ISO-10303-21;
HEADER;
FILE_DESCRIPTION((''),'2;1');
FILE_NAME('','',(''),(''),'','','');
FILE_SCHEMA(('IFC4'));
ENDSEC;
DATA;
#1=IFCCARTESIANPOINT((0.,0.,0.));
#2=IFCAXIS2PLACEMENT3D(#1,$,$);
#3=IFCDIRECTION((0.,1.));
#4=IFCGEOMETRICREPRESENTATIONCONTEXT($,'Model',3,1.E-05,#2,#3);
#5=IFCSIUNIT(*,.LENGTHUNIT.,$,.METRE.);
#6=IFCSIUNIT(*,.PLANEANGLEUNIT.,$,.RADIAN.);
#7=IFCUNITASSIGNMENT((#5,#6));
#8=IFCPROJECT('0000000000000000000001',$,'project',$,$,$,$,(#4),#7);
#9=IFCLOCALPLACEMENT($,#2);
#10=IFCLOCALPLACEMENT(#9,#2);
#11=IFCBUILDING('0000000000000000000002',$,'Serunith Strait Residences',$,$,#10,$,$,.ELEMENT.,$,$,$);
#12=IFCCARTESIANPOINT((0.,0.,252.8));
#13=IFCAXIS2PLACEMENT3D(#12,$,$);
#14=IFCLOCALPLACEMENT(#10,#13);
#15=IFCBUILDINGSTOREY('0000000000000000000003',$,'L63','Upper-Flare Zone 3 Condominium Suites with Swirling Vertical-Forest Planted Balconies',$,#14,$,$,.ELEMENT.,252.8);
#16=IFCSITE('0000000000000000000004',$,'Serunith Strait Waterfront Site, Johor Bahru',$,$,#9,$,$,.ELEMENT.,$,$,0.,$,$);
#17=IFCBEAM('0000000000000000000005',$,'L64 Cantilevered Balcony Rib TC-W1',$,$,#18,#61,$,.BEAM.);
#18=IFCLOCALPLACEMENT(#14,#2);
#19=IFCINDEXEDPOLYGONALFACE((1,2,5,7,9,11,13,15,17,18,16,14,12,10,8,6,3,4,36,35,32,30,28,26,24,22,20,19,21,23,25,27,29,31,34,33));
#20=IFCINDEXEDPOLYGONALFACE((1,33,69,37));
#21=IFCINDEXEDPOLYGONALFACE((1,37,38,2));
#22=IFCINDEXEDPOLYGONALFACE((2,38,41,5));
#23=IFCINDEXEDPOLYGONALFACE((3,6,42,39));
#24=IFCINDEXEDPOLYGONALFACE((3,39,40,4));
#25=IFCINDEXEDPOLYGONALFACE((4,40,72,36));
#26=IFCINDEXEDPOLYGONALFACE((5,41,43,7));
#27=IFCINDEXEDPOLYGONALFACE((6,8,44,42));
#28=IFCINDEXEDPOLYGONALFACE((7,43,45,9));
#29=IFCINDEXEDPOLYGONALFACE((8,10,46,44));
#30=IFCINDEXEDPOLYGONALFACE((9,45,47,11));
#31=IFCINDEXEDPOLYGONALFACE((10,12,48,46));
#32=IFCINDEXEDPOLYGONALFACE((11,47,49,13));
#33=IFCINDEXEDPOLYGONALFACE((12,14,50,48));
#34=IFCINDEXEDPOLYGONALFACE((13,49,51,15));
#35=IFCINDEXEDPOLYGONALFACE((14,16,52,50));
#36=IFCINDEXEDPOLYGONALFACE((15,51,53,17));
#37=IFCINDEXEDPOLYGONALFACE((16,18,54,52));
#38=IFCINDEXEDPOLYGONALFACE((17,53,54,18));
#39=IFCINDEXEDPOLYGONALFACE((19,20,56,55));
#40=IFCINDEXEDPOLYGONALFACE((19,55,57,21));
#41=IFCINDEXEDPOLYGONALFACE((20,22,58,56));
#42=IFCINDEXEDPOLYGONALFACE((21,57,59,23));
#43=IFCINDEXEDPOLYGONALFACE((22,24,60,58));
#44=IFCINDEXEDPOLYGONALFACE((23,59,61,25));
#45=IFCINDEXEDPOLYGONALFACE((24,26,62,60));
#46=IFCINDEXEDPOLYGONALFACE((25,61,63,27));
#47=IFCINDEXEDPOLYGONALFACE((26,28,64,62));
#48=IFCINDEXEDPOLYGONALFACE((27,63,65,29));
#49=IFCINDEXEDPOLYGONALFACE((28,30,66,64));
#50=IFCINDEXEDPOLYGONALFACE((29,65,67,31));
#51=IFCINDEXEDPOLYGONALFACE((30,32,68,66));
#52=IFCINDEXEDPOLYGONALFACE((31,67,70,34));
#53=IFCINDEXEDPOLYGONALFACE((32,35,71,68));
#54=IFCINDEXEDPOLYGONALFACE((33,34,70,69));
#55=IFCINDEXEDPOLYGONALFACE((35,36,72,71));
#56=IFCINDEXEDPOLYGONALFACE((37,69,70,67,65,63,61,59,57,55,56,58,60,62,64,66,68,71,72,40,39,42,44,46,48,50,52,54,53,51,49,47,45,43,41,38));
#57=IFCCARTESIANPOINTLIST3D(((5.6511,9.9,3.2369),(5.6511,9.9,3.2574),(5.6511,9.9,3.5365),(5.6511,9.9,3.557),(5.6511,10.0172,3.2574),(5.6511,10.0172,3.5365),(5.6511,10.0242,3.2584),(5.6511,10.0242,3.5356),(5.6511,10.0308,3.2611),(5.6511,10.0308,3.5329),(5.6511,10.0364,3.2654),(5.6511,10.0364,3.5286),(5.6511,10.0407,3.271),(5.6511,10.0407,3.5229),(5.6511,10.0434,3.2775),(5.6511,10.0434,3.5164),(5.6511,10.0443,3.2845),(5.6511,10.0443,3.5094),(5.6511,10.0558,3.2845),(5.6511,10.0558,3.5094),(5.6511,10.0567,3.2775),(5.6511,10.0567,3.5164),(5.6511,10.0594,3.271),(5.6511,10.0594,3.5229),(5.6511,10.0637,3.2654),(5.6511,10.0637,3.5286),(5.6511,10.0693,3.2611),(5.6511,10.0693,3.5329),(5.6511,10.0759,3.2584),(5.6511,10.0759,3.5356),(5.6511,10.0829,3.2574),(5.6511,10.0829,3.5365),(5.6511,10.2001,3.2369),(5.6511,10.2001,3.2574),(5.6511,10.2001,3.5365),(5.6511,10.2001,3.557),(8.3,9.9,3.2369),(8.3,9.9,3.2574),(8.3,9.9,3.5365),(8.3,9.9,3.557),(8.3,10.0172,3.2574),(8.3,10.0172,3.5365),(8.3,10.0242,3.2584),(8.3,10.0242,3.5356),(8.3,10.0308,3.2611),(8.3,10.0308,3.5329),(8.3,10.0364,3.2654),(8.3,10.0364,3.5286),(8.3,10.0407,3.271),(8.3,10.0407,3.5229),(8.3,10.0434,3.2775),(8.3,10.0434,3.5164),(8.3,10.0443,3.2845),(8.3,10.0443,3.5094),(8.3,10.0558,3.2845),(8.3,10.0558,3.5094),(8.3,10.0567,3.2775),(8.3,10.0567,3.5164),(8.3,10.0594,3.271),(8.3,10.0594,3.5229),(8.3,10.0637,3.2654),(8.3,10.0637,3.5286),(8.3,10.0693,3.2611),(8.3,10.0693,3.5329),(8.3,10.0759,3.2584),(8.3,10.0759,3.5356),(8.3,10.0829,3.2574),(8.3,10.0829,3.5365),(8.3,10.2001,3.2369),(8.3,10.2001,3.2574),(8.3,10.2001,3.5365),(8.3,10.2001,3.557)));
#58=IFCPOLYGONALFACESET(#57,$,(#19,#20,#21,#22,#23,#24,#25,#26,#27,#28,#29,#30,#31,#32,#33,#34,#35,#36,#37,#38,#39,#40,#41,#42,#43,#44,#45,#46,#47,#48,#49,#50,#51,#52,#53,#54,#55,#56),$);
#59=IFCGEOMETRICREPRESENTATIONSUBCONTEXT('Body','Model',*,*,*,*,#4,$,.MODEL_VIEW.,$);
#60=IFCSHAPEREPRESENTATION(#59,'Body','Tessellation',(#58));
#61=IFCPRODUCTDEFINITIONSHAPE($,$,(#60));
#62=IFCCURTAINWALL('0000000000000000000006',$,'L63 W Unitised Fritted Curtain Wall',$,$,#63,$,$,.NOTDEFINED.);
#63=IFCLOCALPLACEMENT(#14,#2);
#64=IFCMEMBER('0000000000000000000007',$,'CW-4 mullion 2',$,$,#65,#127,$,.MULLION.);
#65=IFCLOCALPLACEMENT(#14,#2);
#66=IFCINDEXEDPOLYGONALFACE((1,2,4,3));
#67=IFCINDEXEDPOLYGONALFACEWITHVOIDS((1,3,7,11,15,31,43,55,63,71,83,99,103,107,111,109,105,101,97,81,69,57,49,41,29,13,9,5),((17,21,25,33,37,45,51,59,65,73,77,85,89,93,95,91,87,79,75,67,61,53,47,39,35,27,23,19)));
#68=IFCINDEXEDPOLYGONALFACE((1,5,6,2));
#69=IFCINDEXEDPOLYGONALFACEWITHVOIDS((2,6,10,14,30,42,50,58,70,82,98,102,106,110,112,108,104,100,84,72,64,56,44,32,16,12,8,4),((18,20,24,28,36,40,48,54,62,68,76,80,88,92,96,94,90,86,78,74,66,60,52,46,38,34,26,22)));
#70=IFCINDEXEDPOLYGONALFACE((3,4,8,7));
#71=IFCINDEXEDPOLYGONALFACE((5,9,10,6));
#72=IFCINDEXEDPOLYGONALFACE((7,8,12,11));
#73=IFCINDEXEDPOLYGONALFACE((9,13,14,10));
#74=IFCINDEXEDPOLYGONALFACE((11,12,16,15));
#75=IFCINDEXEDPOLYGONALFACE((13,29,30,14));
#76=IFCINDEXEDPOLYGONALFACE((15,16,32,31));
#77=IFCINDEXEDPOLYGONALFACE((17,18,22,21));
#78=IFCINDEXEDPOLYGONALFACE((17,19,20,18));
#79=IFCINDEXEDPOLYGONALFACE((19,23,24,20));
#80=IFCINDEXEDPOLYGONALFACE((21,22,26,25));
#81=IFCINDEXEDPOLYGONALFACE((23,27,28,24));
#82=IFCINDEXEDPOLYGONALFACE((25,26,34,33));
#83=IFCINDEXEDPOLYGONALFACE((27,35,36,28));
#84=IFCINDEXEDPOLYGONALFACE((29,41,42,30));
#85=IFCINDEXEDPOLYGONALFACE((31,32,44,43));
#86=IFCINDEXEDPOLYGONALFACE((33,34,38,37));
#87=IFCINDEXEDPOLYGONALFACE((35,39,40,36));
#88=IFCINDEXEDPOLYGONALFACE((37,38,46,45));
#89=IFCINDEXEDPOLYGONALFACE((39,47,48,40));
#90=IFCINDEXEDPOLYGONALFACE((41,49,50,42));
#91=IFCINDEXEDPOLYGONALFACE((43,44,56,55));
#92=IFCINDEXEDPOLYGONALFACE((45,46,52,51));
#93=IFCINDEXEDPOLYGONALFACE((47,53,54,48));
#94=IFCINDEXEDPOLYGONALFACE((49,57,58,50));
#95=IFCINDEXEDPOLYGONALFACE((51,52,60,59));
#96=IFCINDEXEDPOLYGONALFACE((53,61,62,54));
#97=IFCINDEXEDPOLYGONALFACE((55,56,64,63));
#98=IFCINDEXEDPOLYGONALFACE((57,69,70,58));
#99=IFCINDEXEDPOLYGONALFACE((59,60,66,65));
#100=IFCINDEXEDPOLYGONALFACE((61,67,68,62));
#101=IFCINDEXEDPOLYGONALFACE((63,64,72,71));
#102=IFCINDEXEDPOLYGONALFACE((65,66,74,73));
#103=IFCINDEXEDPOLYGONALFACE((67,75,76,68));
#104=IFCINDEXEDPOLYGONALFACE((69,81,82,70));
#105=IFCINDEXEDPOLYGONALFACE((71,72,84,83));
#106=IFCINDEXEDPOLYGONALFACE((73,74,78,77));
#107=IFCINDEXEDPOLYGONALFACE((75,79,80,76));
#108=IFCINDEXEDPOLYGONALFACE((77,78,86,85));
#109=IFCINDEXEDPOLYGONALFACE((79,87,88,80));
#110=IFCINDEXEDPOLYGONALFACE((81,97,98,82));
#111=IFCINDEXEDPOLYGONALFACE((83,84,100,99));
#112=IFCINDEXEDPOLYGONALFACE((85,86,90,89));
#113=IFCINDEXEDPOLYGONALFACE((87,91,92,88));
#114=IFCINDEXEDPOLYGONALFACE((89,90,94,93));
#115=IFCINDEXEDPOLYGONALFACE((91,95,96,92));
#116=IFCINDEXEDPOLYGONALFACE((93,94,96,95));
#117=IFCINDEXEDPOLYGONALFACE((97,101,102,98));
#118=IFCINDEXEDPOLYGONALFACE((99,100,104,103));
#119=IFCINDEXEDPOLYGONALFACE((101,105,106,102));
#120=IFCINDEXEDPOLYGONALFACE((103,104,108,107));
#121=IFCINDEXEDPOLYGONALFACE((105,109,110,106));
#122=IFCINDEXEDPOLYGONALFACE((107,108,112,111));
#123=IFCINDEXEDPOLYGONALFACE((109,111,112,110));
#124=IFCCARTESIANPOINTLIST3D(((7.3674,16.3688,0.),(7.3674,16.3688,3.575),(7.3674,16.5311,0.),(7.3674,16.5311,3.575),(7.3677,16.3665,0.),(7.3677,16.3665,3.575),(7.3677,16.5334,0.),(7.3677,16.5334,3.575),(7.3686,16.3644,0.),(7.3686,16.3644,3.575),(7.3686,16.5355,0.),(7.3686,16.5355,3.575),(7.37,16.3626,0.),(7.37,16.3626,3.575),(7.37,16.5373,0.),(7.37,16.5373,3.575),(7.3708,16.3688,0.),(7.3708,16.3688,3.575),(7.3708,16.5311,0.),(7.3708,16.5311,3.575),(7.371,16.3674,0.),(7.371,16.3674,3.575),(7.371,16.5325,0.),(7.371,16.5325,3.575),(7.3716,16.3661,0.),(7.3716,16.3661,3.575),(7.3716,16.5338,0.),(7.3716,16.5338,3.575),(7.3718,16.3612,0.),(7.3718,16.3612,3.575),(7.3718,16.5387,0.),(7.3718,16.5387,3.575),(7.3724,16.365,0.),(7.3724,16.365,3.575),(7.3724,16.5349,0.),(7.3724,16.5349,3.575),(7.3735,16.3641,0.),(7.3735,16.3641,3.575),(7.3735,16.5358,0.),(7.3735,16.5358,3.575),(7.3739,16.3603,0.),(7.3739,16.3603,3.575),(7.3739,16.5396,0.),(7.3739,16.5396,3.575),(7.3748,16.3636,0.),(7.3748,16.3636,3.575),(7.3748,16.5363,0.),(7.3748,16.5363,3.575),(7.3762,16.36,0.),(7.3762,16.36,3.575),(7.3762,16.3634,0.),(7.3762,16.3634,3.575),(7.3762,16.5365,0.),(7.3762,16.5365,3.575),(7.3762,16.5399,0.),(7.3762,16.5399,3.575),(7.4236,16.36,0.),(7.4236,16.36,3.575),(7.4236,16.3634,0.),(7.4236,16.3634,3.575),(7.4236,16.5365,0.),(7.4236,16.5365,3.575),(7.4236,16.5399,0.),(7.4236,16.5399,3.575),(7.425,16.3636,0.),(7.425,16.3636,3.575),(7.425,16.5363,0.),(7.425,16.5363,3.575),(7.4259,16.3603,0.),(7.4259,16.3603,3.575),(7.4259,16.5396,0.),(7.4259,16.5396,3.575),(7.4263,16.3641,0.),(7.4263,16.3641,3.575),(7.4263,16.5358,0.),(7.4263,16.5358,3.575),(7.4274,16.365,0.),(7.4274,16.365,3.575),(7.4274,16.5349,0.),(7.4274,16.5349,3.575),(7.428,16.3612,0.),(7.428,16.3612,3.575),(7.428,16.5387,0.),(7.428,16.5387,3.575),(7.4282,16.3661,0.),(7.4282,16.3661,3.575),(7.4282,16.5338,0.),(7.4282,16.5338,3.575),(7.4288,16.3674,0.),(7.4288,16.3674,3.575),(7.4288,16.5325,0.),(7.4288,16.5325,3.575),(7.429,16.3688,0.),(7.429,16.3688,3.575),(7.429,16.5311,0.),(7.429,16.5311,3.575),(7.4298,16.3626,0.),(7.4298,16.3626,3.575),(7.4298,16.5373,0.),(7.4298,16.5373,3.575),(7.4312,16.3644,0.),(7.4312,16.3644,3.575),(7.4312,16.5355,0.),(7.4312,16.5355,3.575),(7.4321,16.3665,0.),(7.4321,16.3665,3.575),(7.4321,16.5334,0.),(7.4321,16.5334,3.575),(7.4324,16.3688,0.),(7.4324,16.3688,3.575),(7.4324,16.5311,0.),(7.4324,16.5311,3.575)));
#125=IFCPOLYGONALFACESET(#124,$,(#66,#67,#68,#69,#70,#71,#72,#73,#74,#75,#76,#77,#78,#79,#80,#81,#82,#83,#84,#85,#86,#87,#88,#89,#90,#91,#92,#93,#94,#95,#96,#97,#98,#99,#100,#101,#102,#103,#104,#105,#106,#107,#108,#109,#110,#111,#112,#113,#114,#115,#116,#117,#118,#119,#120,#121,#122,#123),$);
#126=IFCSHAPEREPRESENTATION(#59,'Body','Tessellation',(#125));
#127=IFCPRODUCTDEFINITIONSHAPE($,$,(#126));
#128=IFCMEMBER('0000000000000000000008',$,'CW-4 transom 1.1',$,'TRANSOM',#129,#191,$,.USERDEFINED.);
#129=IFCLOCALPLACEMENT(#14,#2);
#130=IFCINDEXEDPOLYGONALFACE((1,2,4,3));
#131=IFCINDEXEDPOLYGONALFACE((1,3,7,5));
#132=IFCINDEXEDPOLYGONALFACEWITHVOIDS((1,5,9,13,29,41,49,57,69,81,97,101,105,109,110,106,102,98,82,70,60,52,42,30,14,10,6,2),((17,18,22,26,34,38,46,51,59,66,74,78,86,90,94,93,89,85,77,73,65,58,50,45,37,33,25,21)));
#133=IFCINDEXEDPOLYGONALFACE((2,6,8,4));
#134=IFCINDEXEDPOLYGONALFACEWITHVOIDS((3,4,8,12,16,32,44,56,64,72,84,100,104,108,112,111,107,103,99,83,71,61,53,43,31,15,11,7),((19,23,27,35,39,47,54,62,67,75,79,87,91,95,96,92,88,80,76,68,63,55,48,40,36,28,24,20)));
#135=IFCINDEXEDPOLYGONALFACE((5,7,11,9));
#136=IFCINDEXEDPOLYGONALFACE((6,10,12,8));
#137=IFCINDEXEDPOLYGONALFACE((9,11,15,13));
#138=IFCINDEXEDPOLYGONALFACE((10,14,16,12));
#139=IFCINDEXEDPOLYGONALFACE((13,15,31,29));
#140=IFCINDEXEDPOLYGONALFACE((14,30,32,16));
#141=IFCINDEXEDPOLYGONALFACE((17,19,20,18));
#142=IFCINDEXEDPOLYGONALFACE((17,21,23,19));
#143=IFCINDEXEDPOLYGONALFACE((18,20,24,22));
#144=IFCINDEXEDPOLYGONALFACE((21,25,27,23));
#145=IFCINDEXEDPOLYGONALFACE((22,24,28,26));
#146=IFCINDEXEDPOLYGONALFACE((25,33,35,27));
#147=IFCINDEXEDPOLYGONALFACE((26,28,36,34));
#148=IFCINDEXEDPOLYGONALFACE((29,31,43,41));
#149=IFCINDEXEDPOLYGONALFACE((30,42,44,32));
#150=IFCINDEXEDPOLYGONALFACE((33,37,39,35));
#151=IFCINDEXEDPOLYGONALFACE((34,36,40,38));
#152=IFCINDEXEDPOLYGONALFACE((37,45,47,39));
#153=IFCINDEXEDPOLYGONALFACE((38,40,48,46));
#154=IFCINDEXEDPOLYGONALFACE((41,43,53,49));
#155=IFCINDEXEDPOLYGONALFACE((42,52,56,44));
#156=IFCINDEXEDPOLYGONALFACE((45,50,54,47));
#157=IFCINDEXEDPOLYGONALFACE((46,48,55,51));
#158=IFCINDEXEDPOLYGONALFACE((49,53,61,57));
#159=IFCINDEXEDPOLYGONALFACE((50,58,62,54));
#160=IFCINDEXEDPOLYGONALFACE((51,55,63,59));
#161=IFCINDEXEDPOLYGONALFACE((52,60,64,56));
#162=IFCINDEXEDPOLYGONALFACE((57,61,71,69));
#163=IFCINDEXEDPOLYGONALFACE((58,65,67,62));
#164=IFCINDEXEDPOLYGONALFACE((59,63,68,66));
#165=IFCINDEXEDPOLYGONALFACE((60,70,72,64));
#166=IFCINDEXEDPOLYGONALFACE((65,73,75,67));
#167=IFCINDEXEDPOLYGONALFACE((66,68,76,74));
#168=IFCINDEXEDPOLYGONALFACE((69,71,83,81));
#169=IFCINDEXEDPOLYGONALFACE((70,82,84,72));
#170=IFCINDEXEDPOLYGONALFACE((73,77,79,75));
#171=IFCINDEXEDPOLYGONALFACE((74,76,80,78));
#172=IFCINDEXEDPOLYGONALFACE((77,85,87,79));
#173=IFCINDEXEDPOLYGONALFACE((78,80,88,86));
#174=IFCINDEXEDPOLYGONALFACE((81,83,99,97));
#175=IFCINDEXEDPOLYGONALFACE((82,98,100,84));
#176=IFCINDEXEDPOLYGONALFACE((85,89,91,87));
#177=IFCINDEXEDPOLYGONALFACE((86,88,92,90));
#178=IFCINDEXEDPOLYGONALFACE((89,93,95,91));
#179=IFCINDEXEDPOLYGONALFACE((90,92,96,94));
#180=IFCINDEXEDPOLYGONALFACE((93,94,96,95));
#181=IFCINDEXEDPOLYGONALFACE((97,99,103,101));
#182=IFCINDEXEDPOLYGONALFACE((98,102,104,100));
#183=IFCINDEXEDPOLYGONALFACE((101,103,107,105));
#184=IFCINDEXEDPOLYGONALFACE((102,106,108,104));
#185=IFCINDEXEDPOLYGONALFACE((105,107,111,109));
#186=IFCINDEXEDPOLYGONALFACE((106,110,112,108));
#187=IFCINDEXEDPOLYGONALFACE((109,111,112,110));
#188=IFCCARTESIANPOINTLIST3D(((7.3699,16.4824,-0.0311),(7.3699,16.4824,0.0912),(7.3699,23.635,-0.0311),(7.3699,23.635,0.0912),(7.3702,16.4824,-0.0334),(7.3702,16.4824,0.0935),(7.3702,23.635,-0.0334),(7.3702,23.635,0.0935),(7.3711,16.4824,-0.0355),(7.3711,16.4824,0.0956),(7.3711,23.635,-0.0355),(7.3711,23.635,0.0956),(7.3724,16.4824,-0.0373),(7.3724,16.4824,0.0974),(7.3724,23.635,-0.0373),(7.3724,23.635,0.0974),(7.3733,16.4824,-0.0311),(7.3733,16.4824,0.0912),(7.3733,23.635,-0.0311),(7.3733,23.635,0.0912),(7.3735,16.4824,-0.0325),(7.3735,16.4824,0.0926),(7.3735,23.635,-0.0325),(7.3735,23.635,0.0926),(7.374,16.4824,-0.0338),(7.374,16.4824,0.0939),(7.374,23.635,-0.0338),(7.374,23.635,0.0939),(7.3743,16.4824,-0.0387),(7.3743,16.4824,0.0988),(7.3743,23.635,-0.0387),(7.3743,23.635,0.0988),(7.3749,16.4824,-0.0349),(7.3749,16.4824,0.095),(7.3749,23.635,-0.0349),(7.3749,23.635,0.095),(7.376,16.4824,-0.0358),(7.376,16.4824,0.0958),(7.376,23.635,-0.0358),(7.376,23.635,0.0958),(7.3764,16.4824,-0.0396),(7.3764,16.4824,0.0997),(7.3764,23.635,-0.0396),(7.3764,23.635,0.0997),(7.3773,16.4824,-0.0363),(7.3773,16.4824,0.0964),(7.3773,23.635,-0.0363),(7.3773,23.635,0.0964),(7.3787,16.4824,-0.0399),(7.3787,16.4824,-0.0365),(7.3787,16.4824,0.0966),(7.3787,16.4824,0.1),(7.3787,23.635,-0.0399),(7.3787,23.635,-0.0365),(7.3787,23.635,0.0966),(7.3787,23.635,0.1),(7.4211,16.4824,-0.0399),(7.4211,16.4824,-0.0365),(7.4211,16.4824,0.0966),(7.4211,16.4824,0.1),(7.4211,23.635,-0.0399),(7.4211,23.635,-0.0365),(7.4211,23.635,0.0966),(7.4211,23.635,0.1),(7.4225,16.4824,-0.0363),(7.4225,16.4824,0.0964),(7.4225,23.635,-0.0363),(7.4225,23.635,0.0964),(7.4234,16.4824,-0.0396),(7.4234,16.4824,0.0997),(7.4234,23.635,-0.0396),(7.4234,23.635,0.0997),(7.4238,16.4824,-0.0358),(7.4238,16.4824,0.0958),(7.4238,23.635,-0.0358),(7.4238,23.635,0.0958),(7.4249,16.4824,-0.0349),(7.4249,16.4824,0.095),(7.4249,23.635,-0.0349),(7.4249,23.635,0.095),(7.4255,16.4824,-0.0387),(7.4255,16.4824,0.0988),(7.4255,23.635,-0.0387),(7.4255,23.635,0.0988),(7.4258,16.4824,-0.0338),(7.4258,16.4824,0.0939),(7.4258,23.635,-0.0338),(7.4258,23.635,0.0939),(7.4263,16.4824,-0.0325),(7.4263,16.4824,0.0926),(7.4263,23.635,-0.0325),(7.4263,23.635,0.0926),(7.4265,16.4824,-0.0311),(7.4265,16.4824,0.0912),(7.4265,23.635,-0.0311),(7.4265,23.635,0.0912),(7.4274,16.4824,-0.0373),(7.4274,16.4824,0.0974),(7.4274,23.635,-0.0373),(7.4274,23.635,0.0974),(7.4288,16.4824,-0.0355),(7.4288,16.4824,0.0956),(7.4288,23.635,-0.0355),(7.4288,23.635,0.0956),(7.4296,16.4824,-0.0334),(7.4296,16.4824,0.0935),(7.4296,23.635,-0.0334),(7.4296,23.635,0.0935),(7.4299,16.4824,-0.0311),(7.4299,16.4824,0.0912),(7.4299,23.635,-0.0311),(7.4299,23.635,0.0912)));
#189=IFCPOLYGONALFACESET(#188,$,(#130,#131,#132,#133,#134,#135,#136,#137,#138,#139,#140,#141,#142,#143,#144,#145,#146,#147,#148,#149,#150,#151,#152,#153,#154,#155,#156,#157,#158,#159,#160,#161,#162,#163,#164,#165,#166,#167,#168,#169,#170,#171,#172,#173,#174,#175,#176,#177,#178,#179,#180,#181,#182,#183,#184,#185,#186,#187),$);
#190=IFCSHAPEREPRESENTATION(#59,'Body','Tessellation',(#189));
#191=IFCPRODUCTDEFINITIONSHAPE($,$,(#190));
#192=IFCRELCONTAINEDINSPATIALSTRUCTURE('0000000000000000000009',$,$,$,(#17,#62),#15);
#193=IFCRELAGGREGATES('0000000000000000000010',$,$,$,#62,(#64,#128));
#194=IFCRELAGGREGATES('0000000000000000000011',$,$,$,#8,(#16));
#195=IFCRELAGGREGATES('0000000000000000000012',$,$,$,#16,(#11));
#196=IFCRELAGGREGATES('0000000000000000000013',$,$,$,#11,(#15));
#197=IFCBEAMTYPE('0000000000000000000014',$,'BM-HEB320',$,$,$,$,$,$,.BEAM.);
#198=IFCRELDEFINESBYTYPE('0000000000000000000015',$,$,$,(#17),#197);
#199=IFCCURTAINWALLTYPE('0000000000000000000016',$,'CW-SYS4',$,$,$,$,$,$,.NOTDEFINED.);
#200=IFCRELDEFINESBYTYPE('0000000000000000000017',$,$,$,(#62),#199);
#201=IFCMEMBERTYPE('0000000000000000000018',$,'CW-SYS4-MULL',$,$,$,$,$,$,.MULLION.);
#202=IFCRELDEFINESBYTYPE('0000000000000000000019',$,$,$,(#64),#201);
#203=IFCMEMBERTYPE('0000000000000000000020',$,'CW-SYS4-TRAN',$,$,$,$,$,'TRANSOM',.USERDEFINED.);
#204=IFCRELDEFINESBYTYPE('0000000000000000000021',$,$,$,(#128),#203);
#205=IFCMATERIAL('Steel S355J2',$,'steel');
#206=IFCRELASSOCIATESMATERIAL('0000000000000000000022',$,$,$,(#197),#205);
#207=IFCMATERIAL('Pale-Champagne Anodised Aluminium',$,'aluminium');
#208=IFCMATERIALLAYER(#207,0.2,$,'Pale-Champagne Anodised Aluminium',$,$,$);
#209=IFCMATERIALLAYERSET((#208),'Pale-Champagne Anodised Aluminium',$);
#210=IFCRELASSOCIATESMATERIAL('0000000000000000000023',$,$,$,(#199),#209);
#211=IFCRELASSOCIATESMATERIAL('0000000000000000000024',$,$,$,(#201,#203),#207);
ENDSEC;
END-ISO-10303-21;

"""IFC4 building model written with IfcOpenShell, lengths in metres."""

from ifc_helpers import new_model, si_unit, direction, frame, origin, origin_2d, place, context, subcontext, project, spatial, hollow_rectangle, i_section, extrude, source, transform, mapped, material, layer, layer_set, material_profile, profile_set, type_object, element, aggregate, save


model = new_model("IFC4")

# Units and contexts
model_context = context("Model", 3, precision=1e-05, world=origin(), true_north=direction((0.0, 1.0)))
body_context = subcontext(model_context, "Body", "Model", "MODEL_VIEW")
ifc_project = project(units=[si_unit("LENGTHUNIT", "METRE"), si_unit("PLANEANGLEUNIT", "RADIAN")], contexts=[model_context])

# Site, building, storey
site_placement = place(None, origin())
site = spatial("IfcSite", under=ifc_project, at=site_placement, Name="Serunith Strait Waterfront Site, Johor Bahru", CompositionType="ELEMENT", RefElevation=0.0)
building_placement = place(site_placement, origin())
building = spatial("IfcBuilding", under=site, at=building_placement, Name="Serunith Strait Residences", CompositionType="ELEMENT")
storey_placement = place(building_placement, frame((0.0, 0.0, 252.8)))
storey = spatial("IfcBuildingStorey", under=building, at=storey_placement, Name="L63", Description="Upper-Flare Zone 3 Condominium Suites with Swirling Vertical-Forest Planted Balconies", CompositionType="ELEMENT", Elevation=252.8)

# Beam
ifc_material_1 = material(Name="Steel S355J2", Category="steel")
ifc_material_profile_1 = material_profile(ifc_material_1, i_section(OverallWidth=0.3, OverallDepth=0.3201, WebThickness=0.0115, FlangeThickness=0.0205, FilletRadius=0.0271, at=origin_2d()), Name="HEB 320")
ifc_profile_set_1 = profile_set([ifc_material_profile_1], Name="Steel S355J2")
beam_type_1 = type_object("IfcBeamType", Name="BM-HEB320", PredefinedType="BEAM", material=ifc_profile_set_1)
shared_shape_1 = source(origin(), body_context, "Body", "SweptSolid", [
    extrude(i_section(OverallWidth=0.3, OverallDepth=0.3201, WebThickness=0.0115, FlangeThickness=0.0205, FilletRadius=0.0271, at=origin_2d()), origin(), (0.0, 0.0, 1.0), 2.6489),
])
beam_1_placement = place(storey_placement, frame((8.3, 10.05, 3.397), z_axis=(-1.0, 0.0, 0.0), x_axis=(0.0, -1.0, 0.0)))
element("IfcBeam", 1, at=beam_1_placement, inside=storey, type_object=beam_type_1, Name="L64 Cantilevered Balcony Rib TC-W1", PredefinedType="BEAM", context=body_context, shape_type="MappedRepresentation", body=[
    mapped(shared_shape_1, transform((0.0, 0.0, 0.0), scale=1.0)),
])

# Curtain wall, members
ifc_material_2 = material(Name="Pale-Champagne Anodised Aluminium", Category="aluminium")
ifc_layer_1 = layer(ifc_material_2, 0.2, Name="Pale-Champagne Anodised Aluminium")
ifc_layer_set_1 = layer_set([ifc_layer_1], Name="Pale-Champagne Anodised Aluminium")
curtain_wall_type = type_object("IfcCurtainWallType", Name="CW-SYS4", PredefinedType="NOTDEFINED", material=ifc_layer_set_1)
curtain_wall_placement = place(storey_placement, origin())
curtain_wall = element("IfcCurtainWall", 2, at=curtain_wall_placement, inside=storey, type_object=curtain_wall_type, Name="L63 W Unitised Fritted Curtain Wall", PredefinedType="NOTDEFINED")
ifc_material_profile_2 = material_profile(ifc_material_2, hollow_rectangle(XDim=0.0649, YDim=0.1799, WallThickness=0.0034, InnerFilletRadius=0.0054, OuterFilletRadius=0.0088, at=origin_2d()), Name="ALU 180x65x3.5")
ifc_profile_set_2 = profile_set([ifc_material_profile_2], Name="Pale-Champagne Anodised Aluminium")
member_type_1 = type_object("IfcMemberType", Name="CW-SYS4-MULL", PredefinedType="MULLION", material=ifc_profile_set_2)
shared_shape_2 = source(origin(), body_context, "Body", "SweptSolid", [
    extrude(hollow_rectangle(XDim=0.0649, YDim=0.1799, WallThickness=0.0034, InnerFilletRadius=0.0054, OuterFilletRadius=0.0088, at=origin_2d()), origin(), (0.0, 0.0, 1.0), 3.575),
])
member_1_placement = place(storey_placement, frame((7.3999, 16.45, 0.0), z_axis=(0.0, 0.0, 1.0), x_axis=(1.0, 0.0, 0.0)))
member_1 = element("IfcMember", 3, at=member_1_placement, type_object=member_type_1, Name="CW-4 mullion 2", PredefinedType="MULLION", context=body_context, shape_type="MappedRepresentation", body=[
    mapped(shared_shape_2, transform((0.0, 0.0, 0.0), scale=1.0)),
])
ifc_material_profile_3 = material_profile(ifc_material_2, hollow_rectangle(XDim=0.0601, YDim=0.1399, WallThickness=0.0034, InnerFilletRadius=0.0054, OuterFilletRadius=0.0088, at=origin_2d()), Name="ALU 140x60x3.5")
ifc_profile_set_3 = profile_set([ifc_material_profile_3], Name="Pale-Champagne Anodised Aluminium")
member_type_2 = type_object("IfcMemberType", Name="CW-SYS4-TRAN", ElementType="TRANSOM", PredefinedType="USERDEFINED", material=ifc_profile_set_3)
shared_shape_3 = source(origin(), body_context, "Body", "SweptSolid", [
    extrude(hollow_rectangle(XDim=0.0601, YDim=0.1399, WallThickness=0.0034, InnerFilletRadius=0.0054, OuterFilletRadius=0.0088, at=origin_2d()), origin(), (0.0, 0.0, 1.0), 7.1526),
])
member_2_placement = place(storey_placement, frame((7.3999, 23.635, 0.03), z_axis=(0.0, -1.0, 0.0), x_axis=(1.0, 0.0, 0.0)))
member_2 = element("IfcMember", 4, at=member_2_placement, type_object=member_type_2, Name="CW-4 transom 1.1", ObjectType="TRANSOM", PredefinedType="USERDEFINED", context=body_context, shape_type="MappedRepresentation", body=[
    mapped(shared_shape_3, transform((0.0, 0.0, 0.0), scale=1.0)),
])
aggregate(curtain_wall, [member_1, member_2])

save(model, "model.ifc")
